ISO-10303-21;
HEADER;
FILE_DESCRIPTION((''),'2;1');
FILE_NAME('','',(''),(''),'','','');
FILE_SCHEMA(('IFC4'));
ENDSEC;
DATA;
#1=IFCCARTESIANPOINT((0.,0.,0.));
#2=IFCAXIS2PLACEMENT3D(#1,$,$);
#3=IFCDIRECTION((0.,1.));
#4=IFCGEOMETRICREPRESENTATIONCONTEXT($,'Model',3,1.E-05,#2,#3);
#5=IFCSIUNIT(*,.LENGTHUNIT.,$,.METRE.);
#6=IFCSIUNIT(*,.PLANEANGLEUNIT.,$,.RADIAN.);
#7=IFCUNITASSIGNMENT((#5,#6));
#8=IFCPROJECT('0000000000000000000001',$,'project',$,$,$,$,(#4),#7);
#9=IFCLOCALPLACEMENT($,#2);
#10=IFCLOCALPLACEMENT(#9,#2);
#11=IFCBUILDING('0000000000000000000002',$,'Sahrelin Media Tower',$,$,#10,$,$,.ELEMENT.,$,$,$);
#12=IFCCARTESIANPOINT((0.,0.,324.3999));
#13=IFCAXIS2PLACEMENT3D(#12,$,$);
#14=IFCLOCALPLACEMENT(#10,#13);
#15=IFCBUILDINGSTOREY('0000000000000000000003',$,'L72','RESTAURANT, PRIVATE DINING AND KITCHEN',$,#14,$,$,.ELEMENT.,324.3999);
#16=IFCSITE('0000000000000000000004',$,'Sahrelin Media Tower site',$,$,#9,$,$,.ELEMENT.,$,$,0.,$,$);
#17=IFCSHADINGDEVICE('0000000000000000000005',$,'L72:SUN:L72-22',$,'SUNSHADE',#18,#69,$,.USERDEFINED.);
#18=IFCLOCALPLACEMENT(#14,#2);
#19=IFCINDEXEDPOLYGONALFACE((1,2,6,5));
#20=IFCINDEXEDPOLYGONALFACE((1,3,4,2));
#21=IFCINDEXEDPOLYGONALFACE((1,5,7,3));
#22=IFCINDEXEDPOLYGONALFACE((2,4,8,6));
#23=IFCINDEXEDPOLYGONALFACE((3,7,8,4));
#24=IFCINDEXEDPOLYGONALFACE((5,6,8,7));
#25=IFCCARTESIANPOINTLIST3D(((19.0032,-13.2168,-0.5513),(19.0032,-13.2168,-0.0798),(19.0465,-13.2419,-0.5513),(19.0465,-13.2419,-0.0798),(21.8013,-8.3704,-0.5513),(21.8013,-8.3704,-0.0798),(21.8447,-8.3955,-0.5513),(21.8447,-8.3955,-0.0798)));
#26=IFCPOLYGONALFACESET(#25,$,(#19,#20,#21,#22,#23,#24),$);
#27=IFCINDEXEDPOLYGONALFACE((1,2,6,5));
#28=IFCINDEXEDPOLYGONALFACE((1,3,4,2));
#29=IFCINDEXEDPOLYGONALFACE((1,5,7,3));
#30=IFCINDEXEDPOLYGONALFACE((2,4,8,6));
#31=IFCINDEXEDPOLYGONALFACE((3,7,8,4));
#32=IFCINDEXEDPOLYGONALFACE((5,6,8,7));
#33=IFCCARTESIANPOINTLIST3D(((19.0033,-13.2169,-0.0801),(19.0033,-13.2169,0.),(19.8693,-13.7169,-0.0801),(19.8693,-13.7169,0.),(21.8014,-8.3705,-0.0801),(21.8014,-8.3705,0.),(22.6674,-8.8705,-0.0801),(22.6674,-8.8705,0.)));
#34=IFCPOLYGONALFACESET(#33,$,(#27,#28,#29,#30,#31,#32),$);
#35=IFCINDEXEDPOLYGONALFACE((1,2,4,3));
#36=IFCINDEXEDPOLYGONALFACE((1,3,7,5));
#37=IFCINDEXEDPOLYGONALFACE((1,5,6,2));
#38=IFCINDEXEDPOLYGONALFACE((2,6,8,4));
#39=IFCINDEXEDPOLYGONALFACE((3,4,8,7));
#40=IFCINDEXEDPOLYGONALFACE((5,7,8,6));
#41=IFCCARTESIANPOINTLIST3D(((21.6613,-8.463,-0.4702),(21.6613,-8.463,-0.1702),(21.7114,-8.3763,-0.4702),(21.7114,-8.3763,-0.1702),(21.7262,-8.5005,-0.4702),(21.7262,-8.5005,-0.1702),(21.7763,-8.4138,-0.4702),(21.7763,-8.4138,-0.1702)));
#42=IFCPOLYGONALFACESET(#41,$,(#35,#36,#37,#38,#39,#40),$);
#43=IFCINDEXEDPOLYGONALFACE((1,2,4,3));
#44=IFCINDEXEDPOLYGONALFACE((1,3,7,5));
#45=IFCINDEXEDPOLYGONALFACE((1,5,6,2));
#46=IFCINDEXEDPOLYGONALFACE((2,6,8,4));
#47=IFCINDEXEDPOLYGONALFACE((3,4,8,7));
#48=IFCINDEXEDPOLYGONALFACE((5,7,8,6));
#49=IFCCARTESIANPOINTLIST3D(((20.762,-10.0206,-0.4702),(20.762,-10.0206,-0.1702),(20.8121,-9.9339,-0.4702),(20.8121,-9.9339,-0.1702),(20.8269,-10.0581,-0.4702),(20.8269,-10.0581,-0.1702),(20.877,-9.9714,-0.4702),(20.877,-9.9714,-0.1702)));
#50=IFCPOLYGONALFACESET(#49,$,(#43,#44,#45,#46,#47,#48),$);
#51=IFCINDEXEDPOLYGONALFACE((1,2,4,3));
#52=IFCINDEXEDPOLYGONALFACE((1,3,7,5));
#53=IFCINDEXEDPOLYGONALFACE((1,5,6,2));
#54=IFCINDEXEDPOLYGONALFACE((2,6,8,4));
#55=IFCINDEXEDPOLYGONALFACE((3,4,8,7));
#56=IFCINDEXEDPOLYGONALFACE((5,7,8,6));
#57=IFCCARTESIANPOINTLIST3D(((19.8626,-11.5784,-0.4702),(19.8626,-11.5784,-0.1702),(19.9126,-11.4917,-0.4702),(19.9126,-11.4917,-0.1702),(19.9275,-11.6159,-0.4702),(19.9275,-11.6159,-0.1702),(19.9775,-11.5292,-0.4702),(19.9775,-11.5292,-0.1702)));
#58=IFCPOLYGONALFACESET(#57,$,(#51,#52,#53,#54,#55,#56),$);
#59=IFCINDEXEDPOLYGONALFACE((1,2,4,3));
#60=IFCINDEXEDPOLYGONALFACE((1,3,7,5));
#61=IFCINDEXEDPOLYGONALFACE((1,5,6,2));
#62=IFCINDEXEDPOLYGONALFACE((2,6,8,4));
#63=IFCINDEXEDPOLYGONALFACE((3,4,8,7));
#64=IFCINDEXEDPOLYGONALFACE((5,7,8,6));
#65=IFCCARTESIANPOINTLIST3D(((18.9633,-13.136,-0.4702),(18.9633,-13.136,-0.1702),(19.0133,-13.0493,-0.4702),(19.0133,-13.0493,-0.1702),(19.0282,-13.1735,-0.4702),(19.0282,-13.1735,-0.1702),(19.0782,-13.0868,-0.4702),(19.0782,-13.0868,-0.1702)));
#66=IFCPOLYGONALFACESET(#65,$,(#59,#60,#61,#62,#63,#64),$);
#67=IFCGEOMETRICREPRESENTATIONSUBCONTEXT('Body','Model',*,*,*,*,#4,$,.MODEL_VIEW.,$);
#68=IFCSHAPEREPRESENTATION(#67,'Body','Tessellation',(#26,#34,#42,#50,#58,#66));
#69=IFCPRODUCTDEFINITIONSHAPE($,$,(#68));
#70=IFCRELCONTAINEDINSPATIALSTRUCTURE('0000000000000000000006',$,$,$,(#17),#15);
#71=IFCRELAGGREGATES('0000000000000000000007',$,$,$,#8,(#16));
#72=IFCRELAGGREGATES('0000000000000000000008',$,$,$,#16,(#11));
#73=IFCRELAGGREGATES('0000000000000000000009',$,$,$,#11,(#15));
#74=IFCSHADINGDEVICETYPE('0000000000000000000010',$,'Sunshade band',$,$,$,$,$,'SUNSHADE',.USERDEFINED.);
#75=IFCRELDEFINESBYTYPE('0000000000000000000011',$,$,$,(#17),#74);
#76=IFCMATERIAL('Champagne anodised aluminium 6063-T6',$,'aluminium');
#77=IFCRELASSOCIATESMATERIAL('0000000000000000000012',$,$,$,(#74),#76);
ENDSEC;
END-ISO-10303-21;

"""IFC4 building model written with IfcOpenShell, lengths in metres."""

from ifc_helpers import new_model, si_unit, direction, frame, origin, origin_2d, place, context, subcontext, project, spatial, rectangle, extrude, material, type_object, element, save


model = new_model("IFC4")

# Units and contexts
model_context = context("Model", 3, precision=1e-05, world=origin(), true_north=direction((0.0, 1.0)))
body_context = subcontext(model_context, "Body", "Model", "MODEL_VIEW")
ifc_project = project(units=[si_unit("LENGTHUNIT", "METRE"), si_unit("PLANEANGLEUNIT", "RADIAN")], contexts=[model_context])

# Site, building, storey
site_placement = place(None, origin())
site = spatial("IfcSite", under=ifc_project, at=site_placement, Name="Sahrelin Media Tower site", CompositionType="ELEMENT", RefElevation=0.0)
building_placement = place(site_placement, origin())
building = spatial("IfcBuilding", under=site, at=building_placement, Name="Sahrelin Media Tower", CompositionType="ELEMENT")
storey_placement = place(building_placement, frame((0.0, 0.0, 324.3999)))
storey = spatial("IfcBuildingStorey", under=building, at=storey_placement, Name="L72", Description="RESTAURANT, PRIVATE DINING AND KITCHEN", CompositionType="ELEMENT", Elevation=324.3999)

# Shared definitions
ifc_material_1 = material(Name="Champagne anodised aluminium 6063-T6", Category="aluminium")

# Shading device
placement_1 = place(storey_placement, frame((20.385, -10.7837, 0.0), z_axis=(0.0, 0.0, 1.0), x_axis=(-0.500011, -0.866019, 0.0)))
shading_device_type_1 = type_object("IfcShadingDeviceType", Name="Sunshade band", ElementType="SUNSHADE", PredefinedType="USERDEFINED", material=ifc_material_1)
element("IfcShadingDevice", 1, at=placement_1, inside=storey, type_object=shading_device_type_1, Name="L72:SUN:L72-22", ObjectType="SUNSHADE", PredefinedType="USERDEFINED", context=body_context, shape_type="SweptSolid", body=[
    extrude(rectangle(XDim=5.5962, YDim=0.05, at=origin_2d()), frame((0.0, 0.0449, -0.5513)), (0.0, 0.0, 1.0), 0.4714),
    extrude(rectangle(XDim=5.5962, YDim=1.0, at=origin_2d()), frame((0.0, 0.52, -0.0801)), (0.0, 0.0, 1.0), 0.0801),
    extrude(rectangle(XDim=0.1001, YDim=0.075, at=origin_2d()), frame((-2.698, -0.0176, -0.4702)), (0.0, 0.0, 1.0), 0.3),
    extrude(rectangle(XDim=0.1001, YDim=0.075, at=origin_2d()), frame((-0.8994, -0.0176, -0.4702)), (0.0, 0.0, 1.0), 0.3),
    extrude(rectangle(XDim=0.1001, YDim=0.075, at=origin_2d()), frame((0.8994, -0.0176, -0.4702)), (0.0, 0.0, 1.0), 0.3),
    extrude(rectangle(XDim=0.1001, YDim=0.075, at=origin_2d()), frame((2.698, -0.0176, -0.4702)), (0.0, 0.0, 1.0), 0.3),
])

save(model, "model.ifc")
